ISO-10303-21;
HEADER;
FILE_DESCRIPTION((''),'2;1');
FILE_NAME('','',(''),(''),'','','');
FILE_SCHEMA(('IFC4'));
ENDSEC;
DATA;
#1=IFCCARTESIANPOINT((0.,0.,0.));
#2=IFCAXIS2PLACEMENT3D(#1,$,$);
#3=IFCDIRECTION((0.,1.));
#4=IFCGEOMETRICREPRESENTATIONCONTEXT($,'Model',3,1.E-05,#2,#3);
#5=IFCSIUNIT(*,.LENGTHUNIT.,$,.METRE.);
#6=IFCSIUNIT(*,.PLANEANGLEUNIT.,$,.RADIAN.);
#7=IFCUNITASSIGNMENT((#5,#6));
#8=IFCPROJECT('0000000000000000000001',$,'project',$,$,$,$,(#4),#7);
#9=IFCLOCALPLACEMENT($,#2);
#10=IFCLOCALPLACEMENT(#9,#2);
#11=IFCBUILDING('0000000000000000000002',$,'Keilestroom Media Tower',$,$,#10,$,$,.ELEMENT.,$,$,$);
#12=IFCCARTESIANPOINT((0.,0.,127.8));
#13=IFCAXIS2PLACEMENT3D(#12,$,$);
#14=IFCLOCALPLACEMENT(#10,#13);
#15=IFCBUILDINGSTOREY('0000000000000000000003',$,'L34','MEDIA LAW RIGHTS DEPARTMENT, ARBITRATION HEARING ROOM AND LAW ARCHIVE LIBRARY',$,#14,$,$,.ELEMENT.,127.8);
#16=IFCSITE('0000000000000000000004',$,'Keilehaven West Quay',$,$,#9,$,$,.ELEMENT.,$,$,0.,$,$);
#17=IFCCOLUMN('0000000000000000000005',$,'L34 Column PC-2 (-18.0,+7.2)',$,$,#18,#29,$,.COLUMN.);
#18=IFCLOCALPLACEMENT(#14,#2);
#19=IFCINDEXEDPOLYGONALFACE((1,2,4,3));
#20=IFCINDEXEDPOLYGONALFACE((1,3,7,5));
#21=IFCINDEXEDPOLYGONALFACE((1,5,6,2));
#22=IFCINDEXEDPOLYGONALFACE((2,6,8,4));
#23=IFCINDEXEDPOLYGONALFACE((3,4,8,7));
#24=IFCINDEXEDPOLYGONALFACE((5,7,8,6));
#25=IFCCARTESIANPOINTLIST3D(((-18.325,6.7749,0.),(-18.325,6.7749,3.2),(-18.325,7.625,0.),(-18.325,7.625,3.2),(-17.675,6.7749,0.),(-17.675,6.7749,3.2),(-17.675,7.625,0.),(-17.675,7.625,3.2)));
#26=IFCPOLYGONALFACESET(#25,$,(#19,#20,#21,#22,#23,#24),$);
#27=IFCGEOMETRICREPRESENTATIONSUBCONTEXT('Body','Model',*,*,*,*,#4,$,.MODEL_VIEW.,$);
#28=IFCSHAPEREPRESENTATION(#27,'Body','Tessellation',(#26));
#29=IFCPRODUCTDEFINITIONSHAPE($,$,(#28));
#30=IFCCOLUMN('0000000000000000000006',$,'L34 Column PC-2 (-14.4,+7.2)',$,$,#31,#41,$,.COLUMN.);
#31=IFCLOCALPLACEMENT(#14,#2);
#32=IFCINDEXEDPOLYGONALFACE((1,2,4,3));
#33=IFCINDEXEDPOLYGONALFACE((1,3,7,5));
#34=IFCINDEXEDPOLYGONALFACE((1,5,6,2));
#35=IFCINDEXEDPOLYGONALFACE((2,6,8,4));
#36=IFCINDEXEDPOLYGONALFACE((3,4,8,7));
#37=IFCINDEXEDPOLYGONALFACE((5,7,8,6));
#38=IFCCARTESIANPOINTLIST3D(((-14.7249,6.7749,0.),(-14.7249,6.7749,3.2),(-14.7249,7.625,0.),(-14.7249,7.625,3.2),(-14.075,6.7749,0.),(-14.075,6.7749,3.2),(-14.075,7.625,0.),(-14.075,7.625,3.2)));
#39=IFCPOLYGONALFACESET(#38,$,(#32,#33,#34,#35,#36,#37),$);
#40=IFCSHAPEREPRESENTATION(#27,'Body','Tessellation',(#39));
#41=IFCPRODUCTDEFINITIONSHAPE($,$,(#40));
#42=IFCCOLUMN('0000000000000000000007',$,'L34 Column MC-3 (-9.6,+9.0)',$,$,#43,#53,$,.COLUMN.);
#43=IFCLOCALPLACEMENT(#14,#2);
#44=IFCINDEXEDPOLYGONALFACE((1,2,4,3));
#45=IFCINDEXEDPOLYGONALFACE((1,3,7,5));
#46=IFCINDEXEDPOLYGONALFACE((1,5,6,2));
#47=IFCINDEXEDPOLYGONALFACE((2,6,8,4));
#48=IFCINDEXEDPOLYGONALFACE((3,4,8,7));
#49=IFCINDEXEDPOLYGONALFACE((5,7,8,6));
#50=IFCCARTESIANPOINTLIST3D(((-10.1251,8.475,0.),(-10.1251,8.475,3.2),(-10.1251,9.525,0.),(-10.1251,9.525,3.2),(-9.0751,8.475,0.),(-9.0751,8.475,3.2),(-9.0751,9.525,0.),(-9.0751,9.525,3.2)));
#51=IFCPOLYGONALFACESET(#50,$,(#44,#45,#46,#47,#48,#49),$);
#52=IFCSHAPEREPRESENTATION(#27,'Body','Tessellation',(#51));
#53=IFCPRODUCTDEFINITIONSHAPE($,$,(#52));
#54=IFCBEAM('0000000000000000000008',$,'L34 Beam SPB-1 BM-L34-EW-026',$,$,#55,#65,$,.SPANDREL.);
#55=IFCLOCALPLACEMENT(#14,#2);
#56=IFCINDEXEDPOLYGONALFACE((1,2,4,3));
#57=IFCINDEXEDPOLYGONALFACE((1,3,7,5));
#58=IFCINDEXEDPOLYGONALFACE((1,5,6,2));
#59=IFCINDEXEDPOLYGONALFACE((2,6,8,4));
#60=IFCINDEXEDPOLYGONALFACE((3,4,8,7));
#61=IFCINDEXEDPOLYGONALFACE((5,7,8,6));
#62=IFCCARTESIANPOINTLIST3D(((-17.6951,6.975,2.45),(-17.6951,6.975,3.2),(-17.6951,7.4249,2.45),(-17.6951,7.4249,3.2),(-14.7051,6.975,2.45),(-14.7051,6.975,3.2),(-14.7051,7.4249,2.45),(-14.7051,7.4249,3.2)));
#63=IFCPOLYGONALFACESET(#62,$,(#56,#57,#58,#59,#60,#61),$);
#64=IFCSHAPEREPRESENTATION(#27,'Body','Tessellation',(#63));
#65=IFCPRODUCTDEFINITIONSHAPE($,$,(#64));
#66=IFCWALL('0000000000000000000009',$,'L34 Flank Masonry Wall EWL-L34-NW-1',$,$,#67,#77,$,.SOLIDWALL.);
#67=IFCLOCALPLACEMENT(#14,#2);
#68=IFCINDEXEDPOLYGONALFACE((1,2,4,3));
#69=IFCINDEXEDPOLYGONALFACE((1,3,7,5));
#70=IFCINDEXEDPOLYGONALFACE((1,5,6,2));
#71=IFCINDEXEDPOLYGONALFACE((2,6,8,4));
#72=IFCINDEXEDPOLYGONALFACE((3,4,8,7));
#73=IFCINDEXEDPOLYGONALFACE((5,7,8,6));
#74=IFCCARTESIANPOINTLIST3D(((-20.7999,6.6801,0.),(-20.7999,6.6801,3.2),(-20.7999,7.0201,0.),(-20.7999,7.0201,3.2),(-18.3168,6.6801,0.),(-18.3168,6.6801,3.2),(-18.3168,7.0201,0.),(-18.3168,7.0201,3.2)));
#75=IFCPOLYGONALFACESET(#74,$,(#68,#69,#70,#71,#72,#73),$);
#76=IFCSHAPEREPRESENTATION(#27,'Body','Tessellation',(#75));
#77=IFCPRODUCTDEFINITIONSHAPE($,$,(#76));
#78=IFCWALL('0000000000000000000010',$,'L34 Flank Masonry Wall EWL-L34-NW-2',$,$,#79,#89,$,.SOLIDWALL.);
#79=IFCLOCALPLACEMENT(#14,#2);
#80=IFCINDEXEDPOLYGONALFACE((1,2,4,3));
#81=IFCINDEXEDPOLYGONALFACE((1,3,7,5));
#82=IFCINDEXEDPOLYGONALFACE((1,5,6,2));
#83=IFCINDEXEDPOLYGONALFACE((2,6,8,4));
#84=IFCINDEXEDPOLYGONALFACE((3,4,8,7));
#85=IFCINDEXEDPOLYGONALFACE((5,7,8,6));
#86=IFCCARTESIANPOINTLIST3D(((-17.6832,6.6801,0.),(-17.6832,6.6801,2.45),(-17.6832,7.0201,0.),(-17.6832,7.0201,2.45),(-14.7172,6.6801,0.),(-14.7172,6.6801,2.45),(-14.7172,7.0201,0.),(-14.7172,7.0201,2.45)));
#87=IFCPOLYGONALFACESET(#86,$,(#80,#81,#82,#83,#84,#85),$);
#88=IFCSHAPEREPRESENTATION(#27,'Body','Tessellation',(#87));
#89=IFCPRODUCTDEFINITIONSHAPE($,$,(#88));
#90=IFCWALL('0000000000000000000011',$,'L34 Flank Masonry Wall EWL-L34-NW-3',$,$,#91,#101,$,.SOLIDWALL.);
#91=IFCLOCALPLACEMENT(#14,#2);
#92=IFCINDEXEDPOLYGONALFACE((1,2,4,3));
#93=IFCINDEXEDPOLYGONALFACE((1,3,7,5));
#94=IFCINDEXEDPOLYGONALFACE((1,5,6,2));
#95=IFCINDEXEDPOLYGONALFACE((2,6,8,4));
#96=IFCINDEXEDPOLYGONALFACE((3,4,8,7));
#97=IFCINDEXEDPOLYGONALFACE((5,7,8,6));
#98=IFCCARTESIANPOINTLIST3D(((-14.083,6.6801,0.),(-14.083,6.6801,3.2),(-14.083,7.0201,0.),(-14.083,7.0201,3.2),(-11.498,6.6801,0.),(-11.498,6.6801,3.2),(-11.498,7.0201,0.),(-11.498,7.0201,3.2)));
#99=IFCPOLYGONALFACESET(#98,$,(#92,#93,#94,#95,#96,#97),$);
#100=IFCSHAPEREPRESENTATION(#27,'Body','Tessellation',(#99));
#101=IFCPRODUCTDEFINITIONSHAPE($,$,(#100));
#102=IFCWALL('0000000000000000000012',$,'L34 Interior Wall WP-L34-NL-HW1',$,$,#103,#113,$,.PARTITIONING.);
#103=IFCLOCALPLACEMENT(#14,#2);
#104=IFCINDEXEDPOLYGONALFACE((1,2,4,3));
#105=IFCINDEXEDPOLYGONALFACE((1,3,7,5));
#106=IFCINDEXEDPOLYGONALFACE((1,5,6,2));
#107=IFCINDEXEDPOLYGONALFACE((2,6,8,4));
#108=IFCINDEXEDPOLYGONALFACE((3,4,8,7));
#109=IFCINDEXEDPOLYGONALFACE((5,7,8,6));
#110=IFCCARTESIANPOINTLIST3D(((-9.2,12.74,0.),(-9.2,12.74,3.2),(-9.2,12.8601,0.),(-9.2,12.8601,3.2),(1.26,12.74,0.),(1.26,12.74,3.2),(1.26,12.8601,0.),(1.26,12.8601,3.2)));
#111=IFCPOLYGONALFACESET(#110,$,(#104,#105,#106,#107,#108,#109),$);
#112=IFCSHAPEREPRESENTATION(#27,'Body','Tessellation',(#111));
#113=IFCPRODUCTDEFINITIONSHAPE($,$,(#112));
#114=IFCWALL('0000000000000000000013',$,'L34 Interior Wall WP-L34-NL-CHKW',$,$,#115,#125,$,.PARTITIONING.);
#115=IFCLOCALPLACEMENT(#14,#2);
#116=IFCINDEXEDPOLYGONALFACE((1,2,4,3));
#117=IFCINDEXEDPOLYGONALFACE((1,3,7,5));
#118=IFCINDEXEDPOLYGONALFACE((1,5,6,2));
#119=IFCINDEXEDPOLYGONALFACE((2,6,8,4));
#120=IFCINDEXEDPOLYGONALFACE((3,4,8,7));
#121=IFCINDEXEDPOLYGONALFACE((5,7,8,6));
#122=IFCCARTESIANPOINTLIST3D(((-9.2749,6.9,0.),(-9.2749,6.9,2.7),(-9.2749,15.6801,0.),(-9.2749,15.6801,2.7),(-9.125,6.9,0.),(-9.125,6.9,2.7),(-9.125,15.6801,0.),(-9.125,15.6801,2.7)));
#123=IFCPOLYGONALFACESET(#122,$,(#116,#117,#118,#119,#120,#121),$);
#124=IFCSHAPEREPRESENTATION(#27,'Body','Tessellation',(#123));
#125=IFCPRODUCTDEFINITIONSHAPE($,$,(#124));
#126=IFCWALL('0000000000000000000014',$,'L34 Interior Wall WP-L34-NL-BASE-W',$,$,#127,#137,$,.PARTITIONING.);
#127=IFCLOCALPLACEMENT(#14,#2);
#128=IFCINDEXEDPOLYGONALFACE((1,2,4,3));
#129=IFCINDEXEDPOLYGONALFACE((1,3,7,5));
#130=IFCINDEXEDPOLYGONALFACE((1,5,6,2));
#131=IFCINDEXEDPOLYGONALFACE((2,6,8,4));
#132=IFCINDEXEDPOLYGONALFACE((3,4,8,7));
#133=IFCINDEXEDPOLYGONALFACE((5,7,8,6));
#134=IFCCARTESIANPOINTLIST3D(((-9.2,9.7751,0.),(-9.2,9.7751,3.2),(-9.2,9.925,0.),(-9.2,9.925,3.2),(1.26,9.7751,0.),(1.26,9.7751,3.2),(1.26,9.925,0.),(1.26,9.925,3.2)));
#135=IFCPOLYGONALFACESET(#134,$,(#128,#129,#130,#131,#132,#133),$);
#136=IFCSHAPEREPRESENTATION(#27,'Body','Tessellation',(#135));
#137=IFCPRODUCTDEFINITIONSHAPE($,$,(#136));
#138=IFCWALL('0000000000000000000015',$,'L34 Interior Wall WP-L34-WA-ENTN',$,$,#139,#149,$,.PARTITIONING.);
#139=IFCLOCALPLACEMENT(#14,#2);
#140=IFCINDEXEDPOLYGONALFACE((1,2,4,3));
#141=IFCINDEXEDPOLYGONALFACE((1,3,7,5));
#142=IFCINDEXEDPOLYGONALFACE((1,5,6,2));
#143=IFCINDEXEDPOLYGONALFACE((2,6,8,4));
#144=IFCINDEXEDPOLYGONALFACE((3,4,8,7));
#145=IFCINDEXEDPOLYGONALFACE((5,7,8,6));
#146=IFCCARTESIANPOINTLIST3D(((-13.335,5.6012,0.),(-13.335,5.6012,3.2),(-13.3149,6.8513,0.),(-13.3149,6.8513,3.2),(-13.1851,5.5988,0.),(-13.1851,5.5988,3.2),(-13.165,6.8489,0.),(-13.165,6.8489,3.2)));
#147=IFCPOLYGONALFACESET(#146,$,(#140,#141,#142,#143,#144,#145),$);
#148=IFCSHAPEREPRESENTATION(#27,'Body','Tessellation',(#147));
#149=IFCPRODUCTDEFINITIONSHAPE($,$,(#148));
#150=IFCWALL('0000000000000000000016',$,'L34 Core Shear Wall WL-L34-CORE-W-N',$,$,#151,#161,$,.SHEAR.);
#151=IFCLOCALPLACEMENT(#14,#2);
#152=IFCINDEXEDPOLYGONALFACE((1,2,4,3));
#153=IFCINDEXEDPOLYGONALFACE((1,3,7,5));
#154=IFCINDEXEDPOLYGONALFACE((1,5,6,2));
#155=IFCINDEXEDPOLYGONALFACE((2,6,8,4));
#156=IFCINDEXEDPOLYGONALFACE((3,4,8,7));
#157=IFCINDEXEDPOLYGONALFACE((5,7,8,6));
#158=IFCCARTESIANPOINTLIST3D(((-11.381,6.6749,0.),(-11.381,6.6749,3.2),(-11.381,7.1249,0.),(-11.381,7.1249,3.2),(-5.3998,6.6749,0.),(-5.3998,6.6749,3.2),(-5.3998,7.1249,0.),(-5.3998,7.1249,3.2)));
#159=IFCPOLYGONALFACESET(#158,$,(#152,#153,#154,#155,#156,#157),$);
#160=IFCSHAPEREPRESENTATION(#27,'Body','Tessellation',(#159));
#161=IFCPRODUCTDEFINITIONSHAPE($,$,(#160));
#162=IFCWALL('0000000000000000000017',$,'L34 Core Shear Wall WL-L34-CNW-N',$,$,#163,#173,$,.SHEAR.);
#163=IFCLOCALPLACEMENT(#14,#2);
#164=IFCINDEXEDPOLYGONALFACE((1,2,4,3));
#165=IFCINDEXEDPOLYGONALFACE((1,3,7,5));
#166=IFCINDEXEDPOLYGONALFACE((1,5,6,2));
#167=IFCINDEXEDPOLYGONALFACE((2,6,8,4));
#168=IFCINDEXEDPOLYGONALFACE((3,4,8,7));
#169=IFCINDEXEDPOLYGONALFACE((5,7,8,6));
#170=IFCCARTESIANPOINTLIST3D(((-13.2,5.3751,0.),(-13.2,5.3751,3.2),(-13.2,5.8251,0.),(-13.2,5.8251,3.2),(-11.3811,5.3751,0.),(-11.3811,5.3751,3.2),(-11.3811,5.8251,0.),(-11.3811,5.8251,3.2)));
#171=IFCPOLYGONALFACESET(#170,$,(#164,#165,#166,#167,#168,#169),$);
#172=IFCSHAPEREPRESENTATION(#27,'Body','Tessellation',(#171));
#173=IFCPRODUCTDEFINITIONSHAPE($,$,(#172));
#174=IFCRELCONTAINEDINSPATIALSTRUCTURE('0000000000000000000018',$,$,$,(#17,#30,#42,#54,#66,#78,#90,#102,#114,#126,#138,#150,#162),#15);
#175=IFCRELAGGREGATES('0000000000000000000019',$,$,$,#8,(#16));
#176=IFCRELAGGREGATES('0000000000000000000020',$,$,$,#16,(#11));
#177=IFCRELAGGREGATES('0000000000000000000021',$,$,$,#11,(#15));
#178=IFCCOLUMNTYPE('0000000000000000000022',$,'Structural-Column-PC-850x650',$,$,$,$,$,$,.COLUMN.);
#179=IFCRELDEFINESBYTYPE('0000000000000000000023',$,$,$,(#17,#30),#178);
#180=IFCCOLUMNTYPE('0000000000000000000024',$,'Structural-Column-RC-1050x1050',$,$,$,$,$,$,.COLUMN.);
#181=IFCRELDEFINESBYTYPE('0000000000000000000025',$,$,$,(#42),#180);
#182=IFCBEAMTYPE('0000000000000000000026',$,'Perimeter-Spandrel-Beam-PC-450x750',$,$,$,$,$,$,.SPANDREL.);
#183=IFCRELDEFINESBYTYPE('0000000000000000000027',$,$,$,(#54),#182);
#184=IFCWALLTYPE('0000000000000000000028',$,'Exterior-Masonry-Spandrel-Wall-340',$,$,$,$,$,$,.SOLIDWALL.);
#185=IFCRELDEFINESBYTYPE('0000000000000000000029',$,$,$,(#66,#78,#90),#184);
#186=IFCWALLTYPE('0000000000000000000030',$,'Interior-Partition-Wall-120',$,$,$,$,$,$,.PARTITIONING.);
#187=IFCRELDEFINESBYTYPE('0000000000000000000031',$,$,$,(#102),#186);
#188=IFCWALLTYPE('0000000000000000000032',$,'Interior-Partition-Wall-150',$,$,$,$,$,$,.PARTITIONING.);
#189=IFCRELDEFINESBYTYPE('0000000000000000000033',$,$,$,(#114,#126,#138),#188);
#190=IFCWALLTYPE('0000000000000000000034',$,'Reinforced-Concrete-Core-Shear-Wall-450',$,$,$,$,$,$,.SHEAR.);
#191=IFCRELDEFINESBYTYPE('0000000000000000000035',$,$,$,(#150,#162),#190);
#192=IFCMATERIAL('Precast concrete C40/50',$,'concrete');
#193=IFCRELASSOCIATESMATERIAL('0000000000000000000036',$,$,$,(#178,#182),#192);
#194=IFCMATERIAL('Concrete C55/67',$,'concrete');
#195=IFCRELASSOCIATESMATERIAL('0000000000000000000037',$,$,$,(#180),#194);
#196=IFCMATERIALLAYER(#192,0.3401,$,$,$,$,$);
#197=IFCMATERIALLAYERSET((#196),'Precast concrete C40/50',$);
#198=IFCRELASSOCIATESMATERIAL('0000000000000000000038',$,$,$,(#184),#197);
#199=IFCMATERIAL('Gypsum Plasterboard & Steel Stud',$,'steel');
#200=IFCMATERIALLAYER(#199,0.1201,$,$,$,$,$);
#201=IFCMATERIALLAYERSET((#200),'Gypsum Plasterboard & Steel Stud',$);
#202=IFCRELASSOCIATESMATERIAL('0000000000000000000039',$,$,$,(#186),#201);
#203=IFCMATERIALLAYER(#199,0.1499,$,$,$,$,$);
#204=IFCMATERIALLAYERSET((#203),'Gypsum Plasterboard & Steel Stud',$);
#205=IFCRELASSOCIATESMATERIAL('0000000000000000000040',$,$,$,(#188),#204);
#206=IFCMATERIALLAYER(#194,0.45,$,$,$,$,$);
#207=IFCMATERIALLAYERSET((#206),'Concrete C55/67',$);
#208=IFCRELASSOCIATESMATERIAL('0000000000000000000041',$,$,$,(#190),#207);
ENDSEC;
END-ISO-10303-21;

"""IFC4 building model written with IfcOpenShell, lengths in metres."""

from ifc_helpers import new_model, si_unit, direction, frame, frame_2d, origin, origin_2d, place, context, subcontext, project, spatial, rectangle, extrude, source, transform, mapped, material, layer, layer_set, material_profile, profile_set, type_object, element, save


model = new_model("IFC4")

# Units and contexts
model_context = context("Model", 3, precision=1e-05, world=origin(), true_north=direction((0.0, 1.0)))
body_context = subcontext(model_context, "Body", "Model", "MODEL_VIEW")
ifc_project = project(units=[si_unit("LENGTHUNIT", "METRE"), si_unit("PLANEANGLEUNIT", "RADIAN")], contexts=[model_context])

# Site, building, storey
site_placement = place(None, origin())
site = spatial("IfcSite", under=ifc_project, at=site_placement, Name="Keilehaven West Quay", CompositionType="ELEMENT", RefElevation=0.0)
building_placement = place(site_placement, origin())
building = spatial("IfcBuilding", under=site, at=building_placement, Name="Keilestroom Media Tower", CompositionType="ELEMENT")
storey_placement = place(building_placement, frame((0.0, 0.0, 127.8)))
storey = spatial("IfcBuildingStorey", under=building, at=storey_placement, Name="L34", Description="MEDIA LAW RIGHTS DEPARTMENT, ARBITRATION HEARING ROOM AND LAW ARCHIVE LIBRARY", CompositionType="ELEMENT", Elevation=127.8)

# Columns
ifc_material_1 = material(Name="Precast concrete C40/50", Category="concrete")
ifc_material_profile_1 = material_profile(ifc_material_1, rectangle(XDim=0.6499, YDim=0.8501, at=origin_2d()), Name="PC 850x650")
ifc_profile_set_1 = profile_set([ifc_material_profile_1], Name="Precast concrete C40/50")
column_type_1 = type_object("IfcColumnType", Name="Structural-Column-PC-850x650", PredefinedType="COLUMN", material=ifc_profile_set_1)
shared_shape_1 = source(origin(), body_context, "Body", "SweptSolid", [
    extrude(rectangle(XDim=0.6499, YDim=0.8501, at=origin_2d()), origin(), (0.0, 0.0, 1.0), 3.2),
])
for number, where, z_axis, x_axis, name in (
    (1, (-18.0, 7.2, 0.0), (0.0, 0.0, 1.0), (1.0, 0.0, 0.0), "L34 Column PC-2 (-18.0,+7.2)"),
    (2, (-14.3999, 7.2, 0.0), (0.0, 0.0, 1.0), (1.0, 0.0, 0.0), "L34 Column PC-2 (-14.4,+7.2)"),
):
    element("IfcColumn", number, at=place(storey_placement, frame(where, z_axis=z_axis, x_axis=x_axis)), inside=storey, type_object=column_type_1, Name=name, PredefinedType="COLUMN", context=body_context, shape_type="MappedRepresentation", body=[
        mapped(shared_shape_1, transform((0.0, 0.0, 0.0), x_axis=(1.0, 0.0, 0.0), y_axis=(0.0, 1.0, 0.0), z_axis=(0.0, 0.0, 1.0), scale=1.0)),
    ])
ifc_material_2 = material(Name="Concrete C55/67", Category="concrete")
ifc_material_profile_2 = material_profile(ifc_material_2, rectangle(XDim=1.05, YDim=1.05, at=origin_2d()), Name="RC 1050x1050")
ifc_profile_set_2 = profile_set([ifc_material_profile_2], Name="Concrete C55/67")
column_type_2 = type_object("IfcColumnType", Name="Structural-Column-RC-1050x1050", PredefinedType="COLUMN", material=ifc_profile_set_2)
shared_shape_2 = source(origin(), body_context, "Body", "SweptSolid", [
    extrude(rectangle(XDim=1.05, YDim=1.05, at=origin_2d()), origin(), (0.0, 0.0, 1.0), 3.2),
])
column_placement = place(storey_placement, frame((-9.6001, 9.0, 0.0), z_axis=(0.0, 0.0, 1.0), x_axis=(1.0, 0.0, 0.0)))
element("IfcColumn", 3, at=column_placement, inside=storey, type_object=column_type_2, Name="L34 Column MC-3 (-9.6,+9.0)", PredefinedType="COLUMN", context=body_context, shape_type="MappedRepresentation", body=[
    mapped(shared_shape_2, transform((0.0, 0.0, 0.0), x_axis=(1.0, 0.0, 0.0), y_axis=(0.0, 1.0, 0.0), z_axis=(0.0, 0.0, 1.0), scale=1.0)),
])

# Beam
ifc_material_profile_3 = material_profile(ifc_material_1, rectangle(XDim=0.45, YDim=0.75, at=origin_2d()), Name="PC 450x750")
ifc_profile_set_3 = profile_set([ifc_material_profile_3], Name="Precast concrete C40/50")
beam_type = type_object("IfcBeamType", Name="Perimeter-Spandrel-Beam-PC-450x750", PredefinedType="SPANDREL", material=ifc_profile_set_3)
shared_shape_3 = source(origin(), body_context, "Body", "SweptSolid", [
    extrude(rectangle(XDim=0.45, YDim=0.75, at=origin_2d()), origin(), (0.0, 0.0, 1.0), 2.99),
])
beam_placement = place(storey_placement, frame((-17.6951, 7.2, 2.825), z_axis=(1.0, 0.0, 0.0), x_axis=(0.0, 1.0, 0.0)))
element("IfcBeam", 4, at=beam_placement, inside=storey, type_object=beam_type, Name="L34 Beam SPB-1 BM-L34-EW-026", PredefinedType="SPANDREL", context=body_context, shape_type="MappedRepresentation", body=[
    mapped(shared_shape_3, transform((0.0, 0.0, 0.0), x_axis=(1.0, 0.0, 0.0), y_axis=(0.0, 1.0, 0.0), z_axis=(0.0, 0.0, 1.0), scale=1.0)),
])

# Walls
ifc_layer_1 = layer(ifc_material_1, 0.3401)
ifc_layer_set_1 = layer_set([ifc_layer_1], Name="Precast concrete C40/50")
wall_type_1 = type_object("IfcWallType", Name="Exterior-Masonry-Spandrel-Wall-340", PredefinedType="SOLIDWALL", material=ifc_layer_set_1)
wall_1_placement = place(storey_placement, frame((-20.8, 6.8501, 0.0), z_axis=(0.0, 0.0, 1.0), x_axis=(1.0, 0.0, 0.0)))
element("IfcWall", 5, at=wall_1_placement, inside=storey, type_object=wall_type_1, Name="L34 Flank Masonry Wall EWL-L34-NW-1", PredefinedType="SOLIDWALL", context=body_context, shape_type="SweptSolid", body=[
    extrude(rectangle(XDim=2.4832, YDim=0.3401, at=frame_2d((1.2417, 0.0))), origin(), (0.0, 0.0, 1.0), 3.2),
])
wall_2_placement = place(storey_placement, frame((-17.6831, 6.8501, 0.0), z_axis=(0.0, 0.0, 1.0), x_axis=(1.0, 0.0, 0.0)))
element("IfcWall", 6, at=wall_2_placement, inside=storey, type_object=wall_type_1, Name="L34 Flank Masonry Wall EWL-L34-NW-2", PredefinedType="SOLIDWALL", context=body_context, shape_type="SweptSolid", body=[
    extrude(rectangle(XDim=2.9661, YDim=0.3401, at=frame_2d((1.4829, 0.0))), origin(), (0.0, 0.0, 1.0), 2.45),
])
wall_3_placement = place(storey_placement, frame((-14.083, 6.8501, 0.0), z_axis=(0.0, 0.0, 1.0), x_axis=(1.0, 0.0, 0.0)))
element("IfcWall", 7, at=wall_3_placement, inside=storey, type_object=wall_type_1, Name="L34 Flank Masonry Wall EWL-L34-NW-3", PredefinedType="SOLIDWALL", context=body_context, shape_type="SweptSolid", body=[
    extrude(rectangle(XDim=2.585, YDim=0.3401, at=frame_2d((1.2925, 0.0))), origin(), (0.0, 0.0, 1.0), 3.2),
])
ifc_material_3 = material(Name="Gypsum Plasterboard & Steel Stud", Category="steel")
ifc_layer_2 = layer(ifc_material_3, 0.1201)
ifc_layer_set_2 = layer_set([ifc_layer_2], Name="Gypsum Plasterboard & Steel Stud")
wall_type_2 = type_object("IfcWallType", Name="Interior-Partition-Wall-120", PredefinedType="PARTITIONING", material=ifc_layer_set_2)
wall_4_placement = place(storey_placement, frame((-9.2, 12.8, 0.0), z_axis=(0.0, 0.0, 1.0), x_axis=(1.0, 0.0, 0.0)))
element("IfcWall", 8, at=wall_4_placement, inside=storey, type_object=wall_type_2, Name="L34 Interior Wall WP-L34-NL-HW1", PredefinedType="PARTITIONING", context=body_context, shape_type="SweptSolid", body=[
    extrude(rectangle(XDim=10.46, YDim=0.1201, at=frame_2d((5.23, 0.0))), origin(), (0.0, 0.0, 1.0), 3.2),
])
ifc_layer_3 = layer(ifc_material_3, 0.1499)
ifc_layer_set_3 = layer_set([ifc_layer_3], Name="Gypsum Plasterboard & Steel Stud")
wall_type_3 = type_object("IfcWallType", Name="Interior-Partition-Wall-150", PredefinedType="PARTITIONING", material=ifc_layer_set_3)
wall_5_placement = place(storey_placement, frame((-9.2, 6.8999, 0.0), z_axis=(0.0, 0.0, 1.0), x_axis=(0.0, 1.0, 0.0)))
element("IfcWall", 9, at=wall_5_placement, inside=storey, type_object=wall_type_3, Name="L34 Interior Wall WP-L34-NL-CHKW", PredefinedType="PARTITIONING", context=body_context, shape_type="SweptSolid", body=[
    extrude(rectangle(XDim=8.78, YDim=0.1499, at=frame_2d((4.3901, 0.0))), origin(), (0.0, 0.0, 1.0), 2.7),
])
wall_6_placement = place(storey_placement, frame((-9.2, 9.8501, 0.0), z_axis=(0.0, 0.0, 1.0), x_axis=(1.0, 0.0, 0.0)))
element("IfcWall", 10, at=wall_6_placement, inside=storey, type_object=wall_type_3, Name="L34 Interior Wall WP-L34-NL-BASE-W", PredefinedType="PARTITIONING", context=body_context, shape_type="SweptSolid", body=[
    extrude(rectangle(XDim=10.46, YDim=0.1499, at=frame_2d((5.23, 0.0))), origin(), (0.0, 0.0, 1.0), 3.2),
])
wall_7_placement = place(storey_placement, frame((-13.26, 5.6001, 0.0), z_axis=(0.0, 0.0, 1.0), x_axis=(0.016014, 0.999872, 0.0)))
element("IfcWall", 11, at=wall_7_placement, inside=storey, type_object=wall_type_3, Name="L34 Interior Wall WP-L34-WA-ENTN", PredefinedType="PARTITIONING", context=body_context, shape_type="SweptSolid", body=[
    extrude(rectangle(XDim=1.2502, YDim=0.1499, at=frame_2d((0.625, 0.0))), origin(), (0.0, 0.0, 1.0), 3.2),
])
ifc_layer_4 = layer(ifc_material_2, 0.45)
ifc_layer_set_4 = layer_set([ifc_layer_4], Name="Concrete C55/67")
wall_type_4 = type_object("IfcWallType", Name="Reinforced-Concrete-Core-Shear-Wall-450", PredefinedType="SHEAR", material=ifc_layer_set_4)
wall_8_placement = place(storey_placement, frame((-11.3811, 6.8999, 0.0), z_axis=(0.0, 0.0, 1.0), x_axis=(1.0, 0.0, 0.0)))
element("IfcWall", 12, at=wall_8_placement, inside=storey, type_object=wall_type_4, Name="L34 Core Shear Wall WL-L34-CORE-W-N", PredefinedType="SHEAR", context=body_context, shape_type="SweptSolid", body=[
    extrude(rectangle(XDim=5.9812, YDim=0.45, at=frame_2d((2.9907, 0.0))), origin(), (0.0, 0.0, 1.0), 3.2),
])
wall_9_placement = place(storey_placement, frame((-13.2, 5.6001, 0.0), z_axis=(0.0, 0.0, 1.0), x_axis=(1.0, 0.0, 0.0)))
element("IfcWall", 13, at=wall_9_placement, inside=storey, type_object=wall_type_4, Name="L34 Core Shear Wall WL-L34-CNW-N", PredefinedType="SHEAR", context=body_context, shape_type="SweptSolid", body=[
    extrude(rectangle(XDim=1.8188, YDim=0.45, at=frame_2d((0.9094, 0.0))), origin(), (0.0, 0.0, 1.0), 3.2),
])

save(model, "model.ifc")
